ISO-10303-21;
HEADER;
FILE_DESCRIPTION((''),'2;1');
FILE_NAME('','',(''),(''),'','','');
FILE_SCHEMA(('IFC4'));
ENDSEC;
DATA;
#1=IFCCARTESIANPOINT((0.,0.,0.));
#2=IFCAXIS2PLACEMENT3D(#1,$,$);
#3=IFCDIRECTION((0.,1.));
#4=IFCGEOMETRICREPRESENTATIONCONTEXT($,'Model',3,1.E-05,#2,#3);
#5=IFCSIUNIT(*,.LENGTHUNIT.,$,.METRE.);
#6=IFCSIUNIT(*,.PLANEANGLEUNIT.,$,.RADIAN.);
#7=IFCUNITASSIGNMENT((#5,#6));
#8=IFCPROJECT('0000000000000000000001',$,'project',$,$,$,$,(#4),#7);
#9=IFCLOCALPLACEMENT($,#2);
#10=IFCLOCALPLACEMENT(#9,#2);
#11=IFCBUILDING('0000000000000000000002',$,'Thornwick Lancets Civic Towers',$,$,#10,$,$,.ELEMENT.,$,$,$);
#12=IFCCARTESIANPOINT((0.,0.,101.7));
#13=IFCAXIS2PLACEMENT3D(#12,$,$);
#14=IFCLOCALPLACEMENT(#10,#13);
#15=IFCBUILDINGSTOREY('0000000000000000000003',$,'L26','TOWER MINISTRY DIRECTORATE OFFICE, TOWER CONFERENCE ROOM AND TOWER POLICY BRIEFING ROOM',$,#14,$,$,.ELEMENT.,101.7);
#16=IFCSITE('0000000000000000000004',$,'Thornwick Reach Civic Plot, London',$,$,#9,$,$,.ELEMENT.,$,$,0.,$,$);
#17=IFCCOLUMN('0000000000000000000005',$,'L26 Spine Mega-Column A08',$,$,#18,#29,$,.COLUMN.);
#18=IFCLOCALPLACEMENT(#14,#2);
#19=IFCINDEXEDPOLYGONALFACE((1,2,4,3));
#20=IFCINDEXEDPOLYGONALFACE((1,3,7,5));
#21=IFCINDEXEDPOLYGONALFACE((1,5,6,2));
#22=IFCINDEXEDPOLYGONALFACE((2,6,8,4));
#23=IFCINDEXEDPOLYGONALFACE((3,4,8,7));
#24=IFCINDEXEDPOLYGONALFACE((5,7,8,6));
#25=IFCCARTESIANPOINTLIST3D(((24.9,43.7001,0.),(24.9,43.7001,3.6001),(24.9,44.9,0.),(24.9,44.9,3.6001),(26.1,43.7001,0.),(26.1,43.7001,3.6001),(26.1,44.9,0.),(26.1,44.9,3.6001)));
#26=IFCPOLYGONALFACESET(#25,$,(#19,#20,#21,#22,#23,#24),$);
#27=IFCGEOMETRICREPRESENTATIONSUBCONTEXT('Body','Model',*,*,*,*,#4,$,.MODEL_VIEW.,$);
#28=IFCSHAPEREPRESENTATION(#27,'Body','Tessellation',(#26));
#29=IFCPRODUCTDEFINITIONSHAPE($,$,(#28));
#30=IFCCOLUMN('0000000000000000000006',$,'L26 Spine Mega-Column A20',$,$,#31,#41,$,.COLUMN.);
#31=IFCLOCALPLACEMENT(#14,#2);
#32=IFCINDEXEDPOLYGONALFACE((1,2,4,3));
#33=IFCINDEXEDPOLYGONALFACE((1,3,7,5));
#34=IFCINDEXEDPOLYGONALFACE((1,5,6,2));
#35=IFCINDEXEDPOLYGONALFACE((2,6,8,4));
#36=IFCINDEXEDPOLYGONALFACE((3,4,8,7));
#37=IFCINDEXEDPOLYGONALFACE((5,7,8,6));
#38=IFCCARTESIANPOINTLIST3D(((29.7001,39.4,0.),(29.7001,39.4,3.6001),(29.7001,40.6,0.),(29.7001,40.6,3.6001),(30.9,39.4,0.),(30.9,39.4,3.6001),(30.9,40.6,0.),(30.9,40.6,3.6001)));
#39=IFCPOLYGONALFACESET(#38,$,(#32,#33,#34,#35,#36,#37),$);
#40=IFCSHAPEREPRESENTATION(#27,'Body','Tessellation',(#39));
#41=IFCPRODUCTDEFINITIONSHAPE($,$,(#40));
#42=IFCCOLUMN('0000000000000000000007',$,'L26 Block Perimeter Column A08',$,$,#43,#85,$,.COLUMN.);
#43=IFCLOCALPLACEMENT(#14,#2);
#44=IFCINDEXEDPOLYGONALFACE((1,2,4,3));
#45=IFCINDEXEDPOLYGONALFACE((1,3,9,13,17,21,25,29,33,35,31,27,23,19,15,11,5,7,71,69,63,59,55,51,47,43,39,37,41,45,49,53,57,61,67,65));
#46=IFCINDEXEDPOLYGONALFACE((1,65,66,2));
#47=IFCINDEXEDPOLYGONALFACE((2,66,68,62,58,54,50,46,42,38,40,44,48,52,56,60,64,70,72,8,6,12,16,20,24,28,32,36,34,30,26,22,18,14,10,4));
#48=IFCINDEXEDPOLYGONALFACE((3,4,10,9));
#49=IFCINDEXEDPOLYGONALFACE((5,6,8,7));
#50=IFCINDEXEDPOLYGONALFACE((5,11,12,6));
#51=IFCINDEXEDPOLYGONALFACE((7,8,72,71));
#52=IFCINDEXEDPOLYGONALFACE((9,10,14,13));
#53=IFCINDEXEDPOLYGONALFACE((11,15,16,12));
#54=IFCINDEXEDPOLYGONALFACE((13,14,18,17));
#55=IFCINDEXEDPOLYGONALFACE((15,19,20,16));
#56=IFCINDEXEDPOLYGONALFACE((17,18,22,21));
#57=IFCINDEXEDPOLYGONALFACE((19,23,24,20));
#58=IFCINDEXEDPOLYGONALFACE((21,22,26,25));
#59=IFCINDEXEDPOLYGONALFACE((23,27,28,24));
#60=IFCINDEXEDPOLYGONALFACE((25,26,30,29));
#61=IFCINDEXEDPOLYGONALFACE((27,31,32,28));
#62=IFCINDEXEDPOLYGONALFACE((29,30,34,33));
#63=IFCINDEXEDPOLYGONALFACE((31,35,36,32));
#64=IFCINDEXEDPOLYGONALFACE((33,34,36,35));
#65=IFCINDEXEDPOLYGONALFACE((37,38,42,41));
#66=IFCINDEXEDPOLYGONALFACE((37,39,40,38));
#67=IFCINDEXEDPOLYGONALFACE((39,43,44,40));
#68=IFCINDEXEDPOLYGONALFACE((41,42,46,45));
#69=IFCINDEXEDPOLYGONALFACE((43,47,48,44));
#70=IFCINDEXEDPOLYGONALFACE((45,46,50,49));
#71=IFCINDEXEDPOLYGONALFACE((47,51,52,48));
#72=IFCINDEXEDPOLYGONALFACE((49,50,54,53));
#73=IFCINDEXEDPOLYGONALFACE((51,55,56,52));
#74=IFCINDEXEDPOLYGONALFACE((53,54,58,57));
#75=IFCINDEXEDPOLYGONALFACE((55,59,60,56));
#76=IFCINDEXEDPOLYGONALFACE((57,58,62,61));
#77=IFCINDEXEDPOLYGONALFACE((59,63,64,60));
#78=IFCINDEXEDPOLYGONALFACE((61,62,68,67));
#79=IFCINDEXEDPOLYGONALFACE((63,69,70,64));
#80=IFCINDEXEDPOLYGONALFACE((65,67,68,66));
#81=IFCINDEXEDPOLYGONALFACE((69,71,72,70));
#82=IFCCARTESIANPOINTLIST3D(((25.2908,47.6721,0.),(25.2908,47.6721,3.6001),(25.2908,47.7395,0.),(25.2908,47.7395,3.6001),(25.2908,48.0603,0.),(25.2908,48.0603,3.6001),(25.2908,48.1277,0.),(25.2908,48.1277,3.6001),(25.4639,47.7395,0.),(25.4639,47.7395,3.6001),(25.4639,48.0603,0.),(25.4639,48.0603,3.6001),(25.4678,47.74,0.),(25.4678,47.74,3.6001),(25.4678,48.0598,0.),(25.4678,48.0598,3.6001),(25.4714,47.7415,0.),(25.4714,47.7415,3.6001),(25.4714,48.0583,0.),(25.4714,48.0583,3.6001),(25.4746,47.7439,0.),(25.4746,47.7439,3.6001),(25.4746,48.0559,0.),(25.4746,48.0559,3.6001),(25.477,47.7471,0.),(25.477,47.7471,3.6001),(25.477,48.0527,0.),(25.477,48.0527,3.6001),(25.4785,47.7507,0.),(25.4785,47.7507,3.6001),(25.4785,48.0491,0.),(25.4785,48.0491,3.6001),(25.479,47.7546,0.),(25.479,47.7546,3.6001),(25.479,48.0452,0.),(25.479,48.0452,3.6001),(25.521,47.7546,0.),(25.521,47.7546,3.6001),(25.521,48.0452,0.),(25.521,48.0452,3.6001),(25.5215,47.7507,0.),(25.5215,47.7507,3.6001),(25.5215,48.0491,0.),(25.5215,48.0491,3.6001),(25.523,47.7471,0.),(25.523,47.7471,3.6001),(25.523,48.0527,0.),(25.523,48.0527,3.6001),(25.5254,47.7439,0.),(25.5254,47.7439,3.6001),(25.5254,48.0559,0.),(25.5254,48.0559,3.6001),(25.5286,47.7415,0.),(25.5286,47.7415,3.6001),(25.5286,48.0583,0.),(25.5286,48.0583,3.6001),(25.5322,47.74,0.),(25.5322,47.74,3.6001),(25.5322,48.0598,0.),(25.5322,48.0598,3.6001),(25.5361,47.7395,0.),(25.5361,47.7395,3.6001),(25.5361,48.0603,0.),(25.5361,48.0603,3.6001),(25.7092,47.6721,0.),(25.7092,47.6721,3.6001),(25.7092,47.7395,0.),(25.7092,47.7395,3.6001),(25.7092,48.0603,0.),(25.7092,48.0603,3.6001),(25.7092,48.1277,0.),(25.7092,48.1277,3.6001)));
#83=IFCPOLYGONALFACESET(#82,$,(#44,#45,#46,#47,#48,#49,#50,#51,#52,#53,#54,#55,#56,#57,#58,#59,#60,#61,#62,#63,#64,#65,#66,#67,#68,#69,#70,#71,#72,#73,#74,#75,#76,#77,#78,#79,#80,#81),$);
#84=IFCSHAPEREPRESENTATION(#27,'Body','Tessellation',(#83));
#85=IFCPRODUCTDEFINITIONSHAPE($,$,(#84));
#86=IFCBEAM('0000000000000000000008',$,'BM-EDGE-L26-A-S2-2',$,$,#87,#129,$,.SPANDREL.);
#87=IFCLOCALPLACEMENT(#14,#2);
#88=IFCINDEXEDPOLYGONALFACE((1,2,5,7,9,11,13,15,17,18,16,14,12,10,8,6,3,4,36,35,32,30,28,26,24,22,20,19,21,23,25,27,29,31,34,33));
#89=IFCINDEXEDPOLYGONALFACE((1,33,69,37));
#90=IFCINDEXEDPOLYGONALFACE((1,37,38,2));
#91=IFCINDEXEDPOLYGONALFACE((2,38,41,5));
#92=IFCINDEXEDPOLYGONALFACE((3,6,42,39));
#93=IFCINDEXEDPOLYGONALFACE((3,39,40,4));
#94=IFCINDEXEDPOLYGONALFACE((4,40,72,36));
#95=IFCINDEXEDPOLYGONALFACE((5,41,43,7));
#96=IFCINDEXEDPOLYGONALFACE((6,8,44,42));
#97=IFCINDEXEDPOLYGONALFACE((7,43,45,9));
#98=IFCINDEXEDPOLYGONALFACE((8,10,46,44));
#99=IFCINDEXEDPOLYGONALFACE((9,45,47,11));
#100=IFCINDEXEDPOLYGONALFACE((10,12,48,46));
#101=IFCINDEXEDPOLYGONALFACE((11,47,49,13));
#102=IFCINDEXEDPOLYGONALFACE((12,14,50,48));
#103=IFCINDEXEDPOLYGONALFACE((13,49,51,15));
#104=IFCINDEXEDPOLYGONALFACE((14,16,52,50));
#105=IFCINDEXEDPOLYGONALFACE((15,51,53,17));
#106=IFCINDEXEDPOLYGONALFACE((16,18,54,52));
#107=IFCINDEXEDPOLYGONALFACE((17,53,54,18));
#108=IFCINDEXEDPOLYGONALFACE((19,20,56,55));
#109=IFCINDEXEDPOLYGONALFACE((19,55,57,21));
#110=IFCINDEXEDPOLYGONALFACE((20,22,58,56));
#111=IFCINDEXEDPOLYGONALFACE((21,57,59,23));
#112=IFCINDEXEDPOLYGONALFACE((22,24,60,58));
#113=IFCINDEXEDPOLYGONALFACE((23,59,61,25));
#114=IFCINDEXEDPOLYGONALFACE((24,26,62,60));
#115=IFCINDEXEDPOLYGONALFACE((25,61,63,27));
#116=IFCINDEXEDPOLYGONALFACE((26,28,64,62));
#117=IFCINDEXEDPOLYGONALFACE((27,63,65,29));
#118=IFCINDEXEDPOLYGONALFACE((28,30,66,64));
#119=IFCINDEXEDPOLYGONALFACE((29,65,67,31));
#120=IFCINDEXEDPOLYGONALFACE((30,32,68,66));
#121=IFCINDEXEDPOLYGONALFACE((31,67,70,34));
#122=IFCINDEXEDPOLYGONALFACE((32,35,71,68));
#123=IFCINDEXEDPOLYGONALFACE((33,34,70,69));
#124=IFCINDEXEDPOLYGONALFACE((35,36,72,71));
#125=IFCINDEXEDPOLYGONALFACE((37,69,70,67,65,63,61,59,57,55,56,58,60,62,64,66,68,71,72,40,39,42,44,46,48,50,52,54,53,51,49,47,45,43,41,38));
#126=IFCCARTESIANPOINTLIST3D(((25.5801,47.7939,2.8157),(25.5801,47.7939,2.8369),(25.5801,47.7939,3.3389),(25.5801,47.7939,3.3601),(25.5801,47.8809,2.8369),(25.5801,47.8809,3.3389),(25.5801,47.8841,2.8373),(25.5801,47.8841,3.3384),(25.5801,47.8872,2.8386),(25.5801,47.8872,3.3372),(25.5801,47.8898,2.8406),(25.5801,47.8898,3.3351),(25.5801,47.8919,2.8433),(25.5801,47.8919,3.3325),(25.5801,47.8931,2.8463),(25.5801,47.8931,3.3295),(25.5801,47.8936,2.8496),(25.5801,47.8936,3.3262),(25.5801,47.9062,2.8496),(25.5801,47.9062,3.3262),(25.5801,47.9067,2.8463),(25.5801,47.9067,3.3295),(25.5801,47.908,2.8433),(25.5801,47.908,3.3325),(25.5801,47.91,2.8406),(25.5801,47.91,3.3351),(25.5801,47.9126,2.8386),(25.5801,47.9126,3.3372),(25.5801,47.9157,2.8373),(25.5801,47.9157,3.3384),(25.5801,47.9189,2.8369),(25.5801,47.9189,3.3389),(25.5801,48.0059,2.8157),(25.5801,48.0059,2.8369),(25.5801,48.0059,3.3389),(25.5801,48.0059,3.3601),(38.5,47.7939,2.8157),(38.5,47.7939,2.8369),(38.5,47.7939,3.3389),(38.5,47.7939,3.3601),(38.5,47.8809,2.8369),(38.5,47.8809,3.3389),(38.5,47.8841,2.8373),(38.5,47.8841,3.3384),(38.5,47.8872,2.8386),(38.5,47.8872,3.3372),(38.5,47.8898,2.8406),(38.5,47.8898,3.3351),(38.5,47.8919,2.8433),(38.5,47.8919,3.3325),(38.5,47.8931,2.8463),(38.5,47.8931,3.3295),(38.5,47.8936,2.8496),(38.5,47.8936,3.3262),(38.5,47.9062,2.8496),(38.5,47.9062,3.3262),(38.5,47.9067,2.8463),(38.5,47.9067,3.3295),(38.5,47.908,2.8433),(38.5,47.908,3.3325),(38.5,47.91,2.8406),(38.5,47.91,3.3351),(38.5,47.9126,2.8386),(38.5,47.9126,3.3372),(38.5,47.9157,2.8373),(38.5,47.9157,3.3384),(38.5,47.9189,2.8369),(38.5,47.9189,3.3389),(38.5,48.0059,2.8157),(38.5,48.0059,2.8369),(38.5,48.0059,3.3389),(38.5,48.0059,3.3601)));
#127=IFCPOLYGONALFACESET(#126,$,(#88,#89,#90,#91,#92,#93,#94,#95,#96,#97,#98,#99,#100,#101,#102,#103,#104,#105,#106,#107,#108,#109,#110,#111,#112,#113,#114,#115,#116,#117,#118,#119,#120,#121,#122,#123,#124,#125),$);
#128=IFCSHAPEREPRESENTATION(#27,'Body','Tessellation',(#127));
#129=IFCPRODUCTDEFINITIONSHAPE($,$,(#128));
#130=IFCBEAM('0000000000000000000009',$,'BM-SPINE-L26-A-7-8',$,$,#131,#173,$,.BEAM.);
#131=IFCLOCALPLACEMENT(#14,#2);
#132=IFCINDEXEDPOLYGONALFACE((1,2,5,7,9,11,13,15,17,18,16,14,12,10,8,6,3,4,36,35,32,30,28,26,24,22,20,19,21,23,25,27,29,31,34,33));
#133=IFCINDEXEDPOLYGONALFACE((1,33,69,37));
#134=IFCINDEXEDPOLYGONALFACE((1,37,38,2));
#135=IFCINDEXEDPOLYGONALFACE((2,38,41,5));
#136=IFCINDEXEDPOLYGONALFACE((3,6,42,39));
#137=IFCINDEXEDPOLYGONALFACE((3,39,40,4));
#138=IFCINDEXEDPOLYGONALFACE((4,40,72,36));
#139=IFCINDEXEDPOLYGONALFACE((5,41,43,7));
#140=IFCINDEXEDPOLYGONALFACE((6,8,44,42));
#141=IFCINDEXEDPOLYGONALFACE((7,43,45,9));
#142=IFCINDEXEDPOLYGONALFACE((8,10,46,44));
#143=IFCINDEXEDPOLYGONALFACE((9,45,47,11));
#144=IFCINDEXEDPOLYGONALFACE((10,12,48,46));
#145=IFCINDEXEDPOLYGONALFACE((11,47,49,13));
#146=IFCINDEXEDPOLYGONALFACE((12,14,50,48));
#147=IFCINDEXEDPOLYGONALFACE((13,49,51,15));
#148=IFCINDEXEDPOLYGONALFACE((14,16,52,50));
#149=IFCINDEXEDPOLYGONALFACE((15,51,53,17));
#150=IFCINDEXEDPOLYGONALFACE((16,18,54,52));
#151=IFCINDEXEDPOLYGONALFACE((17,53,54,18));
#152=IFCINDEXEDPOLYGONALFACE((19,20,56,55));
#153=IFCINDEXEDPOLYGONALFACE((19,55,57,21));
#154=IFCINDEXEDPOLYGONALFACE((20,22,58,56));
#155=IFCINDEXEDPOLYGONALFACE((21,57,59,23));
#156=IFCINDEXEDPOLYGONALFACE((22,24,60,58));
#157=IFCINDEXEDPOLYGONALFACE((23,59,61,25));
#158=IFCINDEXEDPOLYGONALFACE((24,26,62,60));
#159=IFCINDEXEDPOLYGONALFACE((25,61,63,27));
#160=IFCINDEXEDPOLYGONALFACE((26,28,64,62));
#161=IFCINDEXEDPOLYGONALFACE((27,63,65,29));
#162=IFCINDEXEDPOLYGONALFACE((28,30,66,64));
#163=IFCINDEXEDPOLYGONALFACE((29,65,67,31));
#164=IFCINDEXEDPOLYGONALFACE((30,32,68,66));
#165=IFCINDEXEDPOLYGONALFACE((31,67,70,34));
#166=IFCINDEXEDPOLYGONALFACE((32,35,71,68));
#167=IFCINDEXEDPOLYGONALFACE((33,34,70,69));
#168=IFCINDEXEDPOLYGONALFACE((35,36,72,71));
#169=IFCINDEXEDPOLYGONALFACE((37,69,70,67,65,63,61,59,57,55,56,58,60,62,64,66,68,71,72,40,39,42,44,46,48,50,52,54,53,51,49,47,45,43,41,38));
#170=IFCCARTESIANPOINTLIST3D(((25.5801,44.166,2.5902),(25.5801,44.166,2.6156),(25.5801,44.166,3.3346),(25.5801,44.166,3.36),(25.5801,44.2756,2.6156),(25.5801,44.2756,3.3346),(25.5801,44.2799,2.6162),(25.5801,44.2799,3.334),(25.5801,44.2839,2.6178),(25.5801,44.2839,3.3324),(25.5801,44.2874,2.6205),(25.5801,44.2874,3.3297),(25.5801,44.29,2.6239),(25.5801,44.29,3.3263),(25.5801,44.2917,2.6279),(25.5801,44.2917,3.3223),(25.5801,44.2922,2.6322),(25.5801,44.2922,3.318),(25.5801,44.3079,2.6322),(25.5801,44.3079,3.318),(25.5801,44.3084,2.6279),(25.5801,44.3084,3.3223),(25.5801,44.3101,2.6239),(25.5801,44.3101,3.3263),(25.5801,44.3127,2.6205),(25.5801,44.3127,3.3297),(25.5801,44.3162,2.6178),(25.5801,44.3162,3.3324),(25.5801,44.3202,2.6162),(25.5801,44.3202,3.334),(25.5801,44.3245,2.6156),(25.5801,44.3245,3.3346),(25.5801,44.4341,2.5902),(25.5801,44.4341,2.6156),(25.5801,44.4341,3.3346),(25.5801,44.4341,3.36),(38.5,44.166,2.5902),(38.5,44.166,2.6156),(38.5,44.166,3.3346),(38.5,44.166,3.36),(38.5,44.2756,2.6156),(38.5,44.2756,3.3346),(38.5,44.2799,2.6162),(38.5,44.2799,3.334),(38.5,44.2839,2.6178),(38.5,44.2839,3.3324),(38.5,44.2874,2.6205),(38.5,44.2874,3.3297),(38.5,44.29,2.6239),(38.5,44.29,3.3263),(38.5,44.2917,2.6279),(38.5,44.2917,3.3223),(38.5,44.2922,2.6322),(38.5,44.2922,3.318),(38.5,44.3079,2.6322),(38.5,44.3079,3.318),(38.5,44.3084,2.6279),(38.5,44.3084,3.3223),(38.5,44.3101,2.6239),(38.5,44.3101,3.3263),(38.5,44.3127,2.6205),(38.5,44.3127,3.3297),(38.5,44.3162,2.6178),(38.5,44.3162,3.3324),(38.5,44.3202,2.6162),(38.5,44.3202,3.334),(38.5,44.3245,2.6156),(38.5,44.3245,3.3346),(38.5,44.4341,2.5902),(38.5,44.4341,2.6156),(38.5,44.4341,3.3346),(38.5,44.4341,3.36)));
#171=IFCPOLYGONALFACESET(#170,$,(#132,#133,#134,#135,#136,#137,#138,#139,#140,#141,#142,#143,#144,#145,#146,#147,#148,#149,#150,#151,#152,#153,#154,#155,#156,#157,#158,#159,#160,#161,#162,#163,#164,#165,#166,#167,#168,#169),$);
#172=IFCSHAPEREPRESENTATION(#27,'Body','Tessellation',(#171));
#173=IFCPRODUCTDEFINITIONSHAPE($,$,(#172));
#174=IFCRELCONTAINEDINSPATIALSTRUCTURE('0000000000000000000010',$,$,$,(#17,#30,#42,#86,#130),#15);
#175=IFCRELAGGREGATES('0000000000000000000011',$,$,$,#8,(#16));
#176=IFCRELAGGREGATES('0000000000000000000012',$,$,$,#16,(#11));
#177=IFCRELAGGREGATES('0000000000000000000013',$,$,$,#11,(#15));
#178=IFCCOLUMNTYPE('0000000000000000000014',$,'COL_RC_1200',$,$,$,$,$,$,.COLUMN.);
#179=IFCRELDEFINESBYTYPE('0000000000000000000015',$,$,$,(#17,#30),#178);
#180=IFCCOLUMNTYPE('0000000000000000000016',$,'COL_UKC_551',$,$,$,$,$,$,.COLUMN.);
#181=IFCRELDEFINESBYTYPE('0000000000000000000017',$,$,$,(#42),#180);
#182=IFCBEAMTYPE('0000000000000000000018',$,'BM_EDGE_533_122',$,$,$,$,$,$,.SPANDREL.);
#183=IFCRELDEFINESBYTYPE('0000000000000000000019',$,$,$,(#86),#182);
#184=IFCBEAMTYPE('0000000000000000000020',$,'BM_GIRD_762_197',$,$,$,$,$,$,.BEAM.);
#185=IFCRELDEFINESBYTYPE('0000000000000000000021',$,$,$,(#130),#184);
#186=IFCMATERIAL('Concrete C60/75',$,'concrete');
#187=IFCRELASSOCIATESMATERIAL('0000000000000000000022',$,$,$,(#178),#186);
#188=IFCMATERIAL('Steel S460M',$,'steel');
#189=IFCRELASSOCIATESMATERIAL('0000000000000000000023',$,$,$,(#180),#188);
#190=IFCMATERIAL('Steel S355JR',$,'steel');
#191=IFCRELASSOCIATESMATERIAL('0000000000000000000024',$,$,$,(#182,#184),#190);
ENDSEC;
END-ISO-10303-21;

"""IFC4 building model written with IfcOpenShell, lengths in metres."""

from ifc_helpers import new_model, si_unit, direction, frame, origin, origin_2d, place, context, subcontext, project, spatial, rectangle, i_section, extrude, material, material_profile, profile_set, type_object, element, save


model = new_model("IFC4")

# Units and contexts
model_context = context("Model", 3, precision=1e-05, world=origin(), true_north=direction((0.0, 1.0)))
body_context = subcontext(model_context, "Body", "Model", "MODEL_VIEW")
ifc_project = project(units=[si_unit("LENGTHUNIT", "METRE"), si_unit("PLANEANGLEUNIT", "RADIAN")], contexts=[model_context])

# Site, building, storey
site_placement = place(None, origin())
site = spatial("IfcSite", under=ifc_project, at=site_placement, Name="Thornwick Reach Civic Plot, London", CompositionType="ELEMENT", RefElevation=0.0)
building_placement = place(site_placement, origin())
building = spatial("IfcBuilding", under=site, at=building_placement, Name="Thornwick Lancets Civic Towers", CompositionType="ELEMENT")
storey_placement = place(building_placement, frame((0.0, 0.0, 101.7)))
storey = spatial("IfcBuildingStorey", under=building, at=storey_placement, Name="L26", Description="TOWER MINISTRY DIRECTORATE OFFICE, TOWER CONFERENCE ROOM AND TOWER POLICY BRIEFING ROOM", CompositionType="ELEMENT", Elevation=101.7)

# Columns
ifc_material_1 = material(Name="Concrete C60/75", Category="concrete")
ifc_material_profile_1 = material_profile(ifc_material_1, rectangle(XDim=1.2, YDim=1.2, at=origin_2d()), Name="RC 1200x1200")
ifc_profile_set_1 = profile_set([ifc_material_profile_1], Name="Concrete C60/75")
column_type_1 = type_object("IfcColumnType", Name="COL_RC_1200", PredefinedType="COLUMN", material=ifc_profile_set_1)
for number, where, z_axis, x_axis, name in (
    (1, (25.5, 44.3, 0.0), (0.0, 0.0, 1.0), (1.0, 0.0, 0.0), "L26 Spine Mega-Column A08"),
    (2, (30.3, 40.0, 0.0), (0.0, 0.0, 1.0), (1.0, 0.0, 0.0), "L26 Spine Mega-Column A20"),
):
    element("IfcColumn", number, at=place(storey_placement, frame(where, z_axis=z_axis, x_axis=x_axis)), inside=storey, type_object=column_type_1, Name=name, PredefinedType="COLUMN", context=body_context, shape_type="SweptSolid", body=[
        extrude(rectangle(XDim=1.2, YDim=1.2, at=origin_2d()), origin(), (0.0, 0.0, 1.0), 3.6001),
    ])
ifc_material_2 = material(Name="Steel S460M", Category="steel")
ifc_material_profile_2 = material_profile(ifc_material_2, i_section(OverallWidth=0.4185, OverallDepth=0.4556, WebThickness=0.042, FlangeThickness=0.0674, FilletRadius=0.0151, at=origin_2d()), Name="UKC 356x406x551")
ifc_profile_set_2 = profile_set([ifc_material_profile_2], Name="Steel S460M")
column_type_2 = type_object("IfcColumnType", Name="COL_UKC_551", PredefinedType="COLUMN", material=ifc_profile_set_2)
column_placement = place(storey_placement, frame((25.5, 47.8999, 0.0), z_axis=(0.0, 0.0, 1.0), x_axis=(1.0, 0.0, 0.0)))
element("IfcColumn", 3, at=column_placement, inside=storey, type_object=column_type_2, Name="L26 Block Perimeter Column A08", PredefinedType="COLUMN", context=body_context, shape_type="SweptSolid", body=[
    extrude(i_section(OverallWidth=0.4185, OverallDepth=0.4556, WebThickness=0.042, FlangeThickness=0.0674, FilletRadius=0.0151, at=origin_2d()), origin(), (0.0, 0.0, 1.0), 3.6001),
])

# Beams
ifc_material_3 = material(Name="Steel S355JR", Category="steel")
ifc_material_profile_3 = material_profile(ifc_material_3, i_section(OverallWidth=0.2119, OverallDepth=0.5444, WebThickness=0.0127, FlangeThickness=0.0212, FilletRadius=0.0127, at=origin_2d()), Name="UKB 533x210x122")
ifc_profile_set_3 = profile_set([ifc_material_profile_3], Name="Steel S355JR")
beam_type_1 = type_object("IfcBeamType", Name="BM_EDGE_533_122", PredefinedType="SPANDREL", material=ifc_profile_set_3)
beam_1_placement = place(storey_placement, frame((25.5801, 47.8999, 3.0879), z_axis=(1.0, 0.0, 0.0), x_axis=(0.0, 1.0, 0.0)))
element("IfcBeam", 4, at=beam_1_placement, inside=storey, type_object=beam_type_1, Name="BM-EDGE-L26-A-S2-2", PredefinedType="SPANDREL", context=body_context, shape_type="SweptSolid", body=[
    extrude(i_section(OverallWidth=0.2119, OverallDepth=0.5444, WebThickness=0.0127, FlangeThickness=0.0212, FilletRadius=0.0127, at=origin_2d()), origin(), (0.0, 0.0, 1.0), 12.9199),
])
ifc_material_profile_4 = material_profile(ifc_material_3, i_section(OverallWidth=0.2681, OverallDepth=0.7698, WebThickness=0.0156, FlangeThickness=0.0254, FilletRadius=0.0166, at=origin_2d()), Name="UKB 762x267x197")
ifc_profile_set_4 = profile_set([ifc_material_profile_4], Name="Steel S355JR")
beam_type_2 = type_object("IfcBeamType", Name="BM_GIRD_762_197", PredefinedType="BEAM", material=ifc_profile_set_4)
beam_2_placement = place(storey_placement, frame((25.5801, 44.3, 2.9751), z_axis=(1.0, 0.0, 0.0), x_axis=(0.0, 1.0, 0.0)))
element("IfcBeam", 5, at=beam_2_placement, inside=storey, type_object=beam_type_2, Name="BM-SPINE-L26-A-7-8", PredefinedType="BEAM", context=body_context, shape_type="SweptSolid", body=[
    extrude(i_section(OverallWidth=0.2681, OverallDepth=0.7698, WebThickness=0.0156, FlangeThickness=0.0254, FilletRadius=0.0166, at=origin_2d()), origin(), (0.0, 0.0, 1.0), 12.9199),
])

save(model, "model.ifc")
